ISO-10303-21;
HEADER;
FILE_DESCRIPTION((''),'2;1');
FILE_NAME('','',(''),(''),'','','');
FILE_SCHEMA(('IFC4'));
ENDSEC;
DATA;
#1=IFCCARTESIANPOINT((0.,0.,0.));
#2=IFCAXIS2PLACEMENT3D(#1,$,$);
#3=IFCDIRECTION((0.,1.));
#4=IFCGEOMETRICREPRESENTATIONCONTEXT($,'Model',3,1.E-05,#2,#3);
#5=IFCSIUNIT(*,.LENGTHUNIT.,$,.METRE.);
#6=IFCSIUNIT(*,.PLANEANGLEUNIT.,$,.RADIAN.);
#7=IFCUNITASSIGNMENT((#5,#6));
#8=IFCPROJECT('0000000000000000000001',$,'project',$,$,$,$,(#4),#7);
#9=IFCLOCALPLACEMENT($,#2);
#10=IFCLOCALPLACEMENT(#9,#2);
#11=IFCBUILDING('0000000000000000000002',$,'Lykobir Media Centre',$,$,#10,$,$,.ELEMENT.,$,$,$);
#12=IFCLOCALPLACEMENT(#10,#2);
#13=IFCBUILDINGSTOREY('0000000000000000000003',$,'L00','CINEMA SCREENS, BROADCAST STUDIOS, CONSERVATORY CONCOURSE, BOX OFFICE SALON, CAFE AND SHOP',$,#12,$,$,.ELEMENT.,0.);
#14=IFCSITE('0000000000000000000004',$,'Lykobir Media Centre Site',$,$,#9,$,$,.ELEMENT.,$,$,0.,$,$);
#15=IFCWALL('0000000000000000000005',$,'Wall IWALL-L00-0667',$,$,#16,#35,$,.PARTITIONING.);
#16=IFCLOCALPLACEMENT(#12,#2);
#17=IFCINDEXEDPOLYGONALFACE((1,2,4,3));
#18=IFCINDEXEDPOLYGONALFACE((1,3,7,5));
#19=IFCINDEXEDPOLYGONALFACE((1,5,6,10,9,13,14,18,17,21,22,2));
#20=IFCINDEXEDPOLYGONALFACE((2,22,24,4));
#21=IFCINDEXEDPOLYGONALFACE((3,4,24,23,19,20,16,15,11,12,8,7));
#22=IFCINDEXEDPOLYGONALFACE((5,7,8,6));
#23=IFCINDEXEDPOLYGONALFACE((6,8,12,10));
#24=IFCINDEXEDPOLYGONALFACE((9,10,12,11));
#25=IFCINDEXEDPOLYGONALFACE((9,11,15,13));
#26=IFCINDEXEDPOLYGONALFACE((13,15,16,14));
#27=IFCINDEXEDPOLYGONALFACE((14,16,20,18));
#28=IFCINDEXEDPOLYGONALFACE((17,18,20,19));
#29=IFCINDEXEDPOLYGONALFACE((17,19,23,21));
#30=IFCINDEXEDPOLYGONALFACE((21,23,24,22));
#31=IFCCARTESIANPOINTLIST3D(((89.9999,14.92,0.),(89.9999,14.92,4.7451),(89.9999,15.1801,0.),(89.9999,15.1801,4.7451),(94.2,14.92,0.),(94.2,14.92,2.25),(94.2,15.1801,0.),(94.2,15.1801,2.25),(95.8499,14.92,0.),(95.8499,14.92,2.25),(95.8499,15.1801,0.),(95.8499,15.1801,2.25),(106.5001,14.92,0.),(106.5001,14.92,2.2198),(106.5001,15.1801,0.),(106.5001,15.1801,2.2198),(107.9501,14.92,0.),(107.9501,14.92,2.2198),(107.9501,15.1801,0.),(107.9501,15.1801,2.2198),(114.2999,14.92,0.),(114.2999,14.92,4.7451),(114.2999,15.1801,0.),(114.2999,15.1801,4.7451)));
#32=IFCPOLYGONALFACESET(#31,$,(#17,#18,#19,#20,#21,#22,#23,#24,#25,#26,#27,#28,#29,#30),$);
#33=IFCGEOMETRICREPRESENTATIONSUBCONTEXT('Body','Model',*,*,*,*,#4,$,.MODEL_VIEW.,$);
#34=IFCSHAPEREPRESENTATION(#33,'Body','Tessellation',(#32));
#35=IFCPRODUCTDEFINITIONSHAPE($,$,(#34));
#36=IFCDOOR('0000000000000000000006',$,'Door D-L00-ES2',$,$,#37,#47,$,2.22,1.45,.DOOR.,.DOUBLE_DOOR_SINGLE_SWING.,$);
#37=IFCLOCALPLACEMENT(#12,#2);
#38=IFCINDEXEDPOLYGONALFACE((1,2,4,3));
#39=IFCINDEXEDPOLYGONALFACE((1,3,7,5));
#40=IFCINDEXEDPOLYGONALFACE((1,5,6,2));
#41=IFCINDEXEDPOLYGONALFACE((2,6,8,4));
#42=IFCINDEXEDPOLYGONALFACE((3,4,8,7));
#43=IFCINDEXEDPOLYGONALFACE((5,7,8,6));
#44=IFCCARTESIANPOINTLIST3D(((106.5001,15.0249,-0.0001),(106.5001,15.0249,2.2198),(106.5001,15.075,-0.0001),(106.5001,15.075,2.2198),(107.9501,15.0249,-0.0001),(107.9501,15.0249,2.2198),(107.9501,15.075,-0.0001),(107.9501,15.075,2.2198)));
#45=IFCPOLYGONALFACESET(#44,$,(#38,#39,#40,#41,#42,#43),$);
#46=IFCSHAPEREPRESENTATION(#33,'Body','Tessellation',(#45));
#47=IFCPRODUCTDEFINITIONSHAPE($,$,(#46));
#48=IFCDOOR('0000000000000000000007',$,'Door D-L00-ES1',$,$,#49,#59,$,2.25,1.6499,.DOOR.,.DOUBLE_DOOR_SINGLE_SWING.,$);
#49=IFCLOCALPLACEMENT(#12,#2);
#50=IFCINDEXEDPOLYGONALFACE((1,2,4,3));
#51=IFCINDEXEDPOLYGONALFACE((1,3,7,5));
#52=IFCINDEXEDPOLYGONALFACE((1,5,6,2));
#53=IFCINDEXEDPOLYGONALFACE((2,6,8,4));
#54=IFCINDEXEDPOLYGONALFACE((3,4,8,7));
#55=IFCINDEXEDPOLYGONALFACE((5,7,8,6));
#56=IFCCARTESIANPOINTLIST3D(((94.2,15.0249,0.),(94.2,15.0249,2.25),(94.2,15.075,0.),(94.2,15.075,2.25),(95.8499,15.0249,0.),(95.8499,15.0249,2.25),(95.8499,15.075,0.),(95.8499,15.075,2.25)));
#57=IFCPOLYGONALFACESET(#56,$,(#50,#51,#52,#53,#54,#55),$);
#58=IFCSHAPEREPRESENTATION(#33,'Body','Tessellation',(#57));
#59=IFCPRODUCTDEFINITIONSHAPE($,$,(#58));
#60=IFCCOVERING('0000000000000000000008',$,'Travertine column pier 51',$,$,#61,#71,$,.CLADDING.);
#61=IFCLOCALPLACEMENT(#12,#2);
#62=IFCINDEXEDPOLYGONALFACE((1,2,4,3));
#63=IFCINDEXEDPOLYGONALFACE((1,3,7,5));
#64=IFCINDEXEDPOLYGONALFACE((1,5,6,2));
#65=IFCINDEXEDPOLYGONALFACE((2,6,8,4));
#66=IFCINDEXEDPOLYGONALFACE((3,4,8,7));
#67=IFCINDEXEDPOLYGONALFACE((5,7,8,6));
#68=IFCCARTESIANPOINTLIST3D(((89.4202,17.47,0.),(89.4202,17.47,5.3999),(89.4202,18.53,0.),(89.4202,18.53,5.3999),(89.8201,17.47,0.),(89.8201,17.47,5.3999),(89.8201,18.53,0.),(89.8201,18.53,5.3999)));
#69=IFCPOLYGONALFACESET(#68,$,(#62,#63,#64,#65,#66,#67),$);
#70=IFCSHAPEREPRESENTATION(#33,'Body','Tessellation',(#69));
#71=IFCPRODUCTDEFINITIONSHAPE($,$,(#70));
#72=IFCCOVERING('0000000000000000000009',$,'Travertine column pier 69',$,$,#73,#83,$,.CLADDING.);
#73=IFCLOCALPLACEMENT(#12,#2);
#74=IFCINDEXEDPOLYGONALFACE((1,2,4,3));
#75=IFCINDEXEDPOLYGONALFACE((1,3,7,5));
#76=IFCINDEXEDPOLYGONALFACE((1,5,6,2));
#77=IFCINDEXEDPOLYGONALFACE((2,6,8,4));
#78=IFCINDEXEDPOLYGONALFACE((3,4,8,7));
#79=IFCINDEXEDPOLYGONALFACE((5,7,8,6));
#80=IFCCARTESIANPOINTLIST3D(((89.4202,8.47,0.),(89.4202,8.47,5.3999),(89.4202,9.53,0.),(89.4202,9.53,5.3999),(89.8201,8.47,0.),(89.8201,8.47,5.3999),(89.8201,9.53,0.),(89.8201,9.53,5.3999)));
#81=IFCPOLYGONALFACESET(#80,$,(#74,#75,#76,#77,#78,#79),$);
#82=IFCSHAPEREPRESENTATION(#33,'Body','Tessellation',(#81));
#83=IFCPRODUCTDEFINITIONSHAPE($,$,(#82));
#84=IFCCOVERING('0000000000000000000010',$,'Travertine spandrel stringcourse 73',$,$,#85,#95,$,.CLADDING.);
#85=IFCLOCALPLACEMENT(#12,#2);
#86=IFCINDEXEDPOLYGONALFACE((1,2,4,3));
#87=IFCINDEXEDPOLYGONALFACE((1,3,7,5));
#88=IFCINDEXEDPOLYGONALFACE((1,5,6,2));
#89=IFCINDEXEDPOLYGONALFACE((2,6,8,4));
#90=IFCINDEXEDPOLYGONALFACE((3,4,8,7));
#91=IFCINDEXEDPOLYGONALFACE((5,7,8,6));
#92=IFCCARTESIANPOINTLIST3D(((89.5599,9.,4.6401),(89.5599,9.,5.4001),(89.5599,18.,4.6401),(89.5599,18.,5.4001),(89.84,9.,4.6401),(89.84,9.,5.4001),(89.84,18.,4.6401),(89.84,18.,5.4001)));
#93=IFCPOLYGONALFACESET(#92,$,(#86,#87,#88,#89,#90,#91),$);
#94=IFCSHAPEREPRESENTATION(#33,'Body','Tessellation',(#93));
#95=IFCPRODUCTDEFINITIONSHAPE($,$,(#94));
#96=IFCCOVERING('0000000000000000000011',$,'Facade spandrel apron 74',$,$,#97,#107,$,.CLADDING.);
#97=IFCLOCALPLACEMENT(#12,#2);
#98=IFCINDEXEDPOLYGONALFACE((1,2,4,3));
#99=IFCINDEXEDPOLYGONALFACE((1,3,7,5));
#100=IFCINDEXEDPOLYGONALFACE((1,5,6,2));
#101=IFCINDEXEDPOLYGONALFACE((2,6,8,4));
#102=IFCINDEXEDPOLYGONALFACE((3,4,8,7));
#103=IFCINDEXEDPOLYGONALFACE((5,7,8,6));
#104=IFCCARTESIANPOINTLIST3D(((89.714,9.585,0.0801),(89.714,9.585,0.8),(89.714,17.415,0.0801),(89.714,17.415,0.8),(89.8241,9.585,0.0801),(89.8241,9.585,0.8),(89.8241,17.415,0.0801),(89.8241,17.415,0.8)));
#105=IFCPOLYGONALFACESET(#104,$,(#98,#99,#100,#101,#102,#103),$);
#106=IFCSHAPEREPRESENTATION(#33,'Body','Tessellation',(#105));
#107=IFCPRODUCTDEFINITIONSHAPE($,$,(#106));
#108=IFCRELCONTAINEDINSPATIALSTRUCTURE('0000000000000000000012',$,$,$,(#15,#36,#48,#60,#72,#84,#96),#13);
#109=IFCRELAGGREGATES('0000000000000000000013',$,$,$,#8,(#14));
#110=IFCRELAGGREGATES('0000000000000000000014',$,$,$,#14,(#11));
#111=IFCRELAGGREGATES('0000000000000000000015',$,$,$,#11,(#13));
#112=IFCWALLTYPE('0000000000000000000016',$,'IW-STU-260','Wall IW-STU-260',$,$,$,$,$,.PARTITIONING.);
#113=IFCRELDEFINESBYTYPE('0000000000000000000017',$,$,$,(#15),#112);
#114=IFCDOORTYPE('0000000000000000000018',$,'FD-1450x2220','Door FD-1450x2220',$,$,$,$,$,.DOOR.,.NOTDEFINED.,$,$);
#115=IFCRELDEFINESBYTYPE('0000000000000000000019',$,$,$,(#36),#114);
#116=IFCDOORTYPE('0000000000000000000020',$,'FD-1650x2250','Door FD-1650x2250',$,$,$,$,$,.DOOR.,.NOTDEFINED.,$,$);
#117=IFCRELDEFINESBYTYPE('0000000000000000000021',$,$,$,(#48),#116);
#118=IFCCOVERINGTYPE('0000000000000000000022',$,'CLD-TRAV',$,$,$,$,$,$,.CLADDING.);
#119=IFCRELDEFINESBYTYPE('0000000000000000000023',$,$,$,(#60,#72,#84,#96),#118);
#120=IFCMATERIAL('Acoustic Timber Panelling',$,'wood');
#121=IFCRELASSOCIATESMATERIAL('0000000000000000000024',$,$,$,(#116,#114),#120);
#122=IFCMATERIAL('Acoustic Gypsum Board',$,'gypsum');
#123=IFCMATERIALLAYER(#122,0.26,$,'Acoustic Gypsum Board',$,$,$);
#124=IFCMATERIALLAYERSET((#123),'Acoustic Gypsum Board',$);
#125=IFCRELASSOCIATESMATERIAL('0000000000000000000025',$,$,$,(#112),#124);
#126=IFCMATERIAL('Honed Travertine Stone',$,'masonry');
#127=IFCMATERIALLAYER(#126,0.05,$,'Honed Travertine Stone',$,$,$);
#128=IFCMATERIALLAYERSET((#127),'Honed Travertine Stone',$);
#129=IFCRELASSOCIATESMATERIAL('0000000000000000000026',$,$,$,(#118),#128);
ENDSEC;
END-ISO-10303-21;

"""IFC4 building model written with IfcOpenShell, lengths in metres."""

from ifc_helpers import new_model, si_unit, direction, frame, frame_2d, origin, origin_2d, place, context, subcontext, project, spatial, rectangle, extrude, material, layer, layer_set, type_object, element, fill, save


model = new_model("IFC4")

# Units and contexts
model_context = context("Model", 3, precision=1e-05, world=origin(), true_north=direction((0.0, 1.0)))
body_context = subcontext(model_context, "Body", "Model", "MODEL_VIEW")
ifc_project = project(units=[si_unit("LENGTHUNIT", "METRE"), si_unit("PLANEANGLEUNIT", "RADIAN")], contexts=[model_context])

# Site, building, storey
site_placement = place(None, origin())
site = spatial("IfcSite", under=ifc_project, at=site_placement, Name="Lykobir Media Centre Site", CompositionType="ELEMENT", RefElevation=0.0)
building_placement = place(site_placement, origin())
building = spatial("IfcBuilding", under=site, at=building_placement, Name="Lykobir Media Centre", CompositionType="ELEMENT")
storey_placement = place(building_placement, origin())
storey = spatial("IfcBuildingStorey", under=building, at=storey_placement, Name="L00", Description="CINEMA SCREENS, BROADCAST STUDIOS, CONSERVATORY CONCOURSE, BOX OFFICE SALON, CAFE AND SHOP", CompositionType="ELEMENT", Elevation=0.0)

# Shared definitions
ifc_material_1 = material(Name="Honed Travertine Stone", Category="masonry")

# Wall, openings, doors
ifc_material_2 = material(Name="Acoustic Gypsum Board", Category="gypsum")
ifc_material_3 = material(Name="Acoustic Timber Panelling", Category="wood")
door_type_1 = type_object("IfcDoorType", Name="FD-1650x2250", Description="Door FD-1650x2250", OperationType="NOTDEFINED", PredefinedType="DOOR", material=ifc_material_3)
ifc_layer_1 = layer(ifc_material_2, 0.26, Name="Acoustic Gypsum Board")
ifc_layer_set_1 = layer_set([ifc_layer_1], Name="Acoustic Gypsum Board")
wall_type_1 = type_object("IfcWallType", Name="IW-STU-260", Description="Wall IW-STU-260", PredefinedType="PARTITIONING", material=ifc_layer_set_1)
wall_1_placement = place(storey_placement, frame((90.0, 15.05, 0.0), z_axis=(0.0, 0.0, 1.0), x_axis=(1.0, 0.0, 0.0)))
wall_1 = element("IfcWall", 1, at=wall_1_placement, inside=storey, type_object=wall_type_1, Name="Wall IWALL-L00-0667", PredefinedType="PARTITIONING", context=body_context, shape_type="SweptSolid", body=[
    extrude(rectangle(XDim=24.3, YDim=0.26, at=frame_2d((12.1499, 0.0))), origin(), (0.0, 0.0, 1.0), 4.7451),
])
opening_1_placement = place(wall_1_placement, frame((4.2, 0.0, 0.0)))
opening_1 = element("IfcOpeningElement", 2, at=opening_1_placement, cuts=wall_1, PredefinedType="OPENING", context=body_context, shape_type="SweptSolid", body=[
    extrude(rectangle(XDim=1.6499, YDim=2.25, at=frame_2d((0.825, 1.125))), frame((0.0, 0.1399, 0.0), z_axis=(0.0, -1.0, 0.0), x_axis=(1.0, 0.0, 0.0)), (0.0, 0.0, 1.0), 0.28),
])
opening_2_placement = place(wall_1_placement, frame((16.5, 0.0, 0.0)))
opening_2 = element("IfcOpeningElement", 3, at=opening_2_placement, cuts=wall_1, PredefinedType="OPENING", context=body_context, shape_type="SweptSolid", body=[
    extrude(rectangle(XDim=1.45, YDim=2.22, at=frame_2d((0.7251, 1.1099))), frame((0.0, 0.1399, 0.0), z_axis=(0.0, -1.0, 0.0), x_axis=(1.0, 0.0, 0.0)), (0.0, 0.0, 1.0), 0.28),
])
door_type_2 = type_object("IfcDoorType", Name="FD-1450x2220", Description="Door FD-1450x2220", OperationType="NOTDEFINED", PredefinedType="DOOR", material=ifc_material_3)
door_1_placement = place(opening_2_placement, origin())
door_1 = element("IfcDoor", 4, at=door_1_placement, inside=storey, type_object=door_type_2, Name="Door D-L00-ES2", OperationType="DOUBLE_DOOR_SINGLE_SWING", OverallHeight=2.22, OverallWidth=1.45, PredefinedType="DOOR", context=body_context, shape_type="SweptSolid", body=[
    extrude(rectangle(XDim=1.45, YDim=2.22, at=frame_2d((0.7251, 1.1099))), frame((0.0, 0.0249, 0.0), z_axis=(0.0, -1.0, 0.0), x_axis=(1.0, 0.0, 0.0)), (0.0, 0.0, 1.0), 0.05),
])
fill(opening_2, door_1)
door_2_placement = place(opening_1_placement, origin())
door_2 = element("IfcDoor", 5, at=door_2_placement, inside=storey, type_object=door_type_1, Name="Door D-L00-ES1", OperationType="DOUBLE_DOOR_SINGLE_SWING", OverallHeight=2.25, OverallWidth=1.6499, PredefinedType="DOOR", context=body_context, shape_type="SweptSolid", body=[
    extrude(rectangle(XDim=1.6499, YDim=2.25, at=frame_2d((0.825, 1.125))), frame((0.0, 0.0249, 0.0), z_axis=(0.0, -1.0, 0.0), x_axis=(1.0, 0.0, 0.0)), (0.0, 0.0, 1.0), 0.05),
])
fill(opening_1, door_2)

# Coverings
ifc_layer_2 = layer(ifc_material_1, 0.05, Name="Honed Travertine Stone")
ifc_layer_set_2 = layer_set([ifc_layer_2], Name="Honed Travertine Stone")
covering_type = type_object("IfcCoveringType", Name="CLD-TRAV", PredefinedType="CLADDING", material=ifc_layer_set_2)
for number, where, z_axis, x_axis, name in (
    (6, (89.6201, 18.0, 0.0), (0.0, 0.0, 1.0), (0.0, -1.0, 0.0), "Travertine column pier 51"),
    (7, (89.6201, 9.0, 0.0), (0.0, 0.0, 1.0), (0.0, -1.0, 0.0), "Travertine column pier 69"),
):
    element("IfcCovering", number, at=place(storey_placement, frame(where, z_axis=z_axis, x_axis=x_axis)), inside=storey, type_object=covering_type, Name=name, PredefinedType="CLADDING", context=body_context, shape_type="SweptSolid", body=[
        extrude(rectangle(XDim=1.0601, YDim=0.3999, at=origin_2d()), origin(), (0.0, 0.0, 1.0), 5.3999),
    ])
covering_1_placement = place(storey_placement, frame((89.7, 13.5, 4.6401), z_axis=(0.0, 0.0, 1.0), x_axis=(0.0, -1.0, 0.0)))
element("IfcCovering", 8, at=covering_1_placement, inside=storey, type_object=covering_type, Name="Travertine spandrel stringcourse 73", PredefinedType="CLADDING", context=body_context, shape_type="SweptSolid", body=[
    extrude(rectangle(XDim=9.0, YDim=0.28, at=origin_2d()), origin(), (0.0, 0.0, 1.0), 0.76),
])
covering_2_placement = place(storey_placement, frame((89.769, 13.5, 0.0801), z_axis=(0.0, 0.0, 1.0), x_axis=(0.0, -1.0, 0.0)))
element("IfcCovering", 9, at=covering_2_placement, inside=storey, type_object=covering_type, Name="Facade spandrel apron 74", PredefinedType="CLADDING", context=body_context, shape_type="SweptSolid", body=[
    extrude(rectangle(XDim=7.8301, YDim=0.1101, at=origin_2d()), origin(), (0.0, 0.0, 1.0), 0.72),
])

save(model, "model.ifc")
